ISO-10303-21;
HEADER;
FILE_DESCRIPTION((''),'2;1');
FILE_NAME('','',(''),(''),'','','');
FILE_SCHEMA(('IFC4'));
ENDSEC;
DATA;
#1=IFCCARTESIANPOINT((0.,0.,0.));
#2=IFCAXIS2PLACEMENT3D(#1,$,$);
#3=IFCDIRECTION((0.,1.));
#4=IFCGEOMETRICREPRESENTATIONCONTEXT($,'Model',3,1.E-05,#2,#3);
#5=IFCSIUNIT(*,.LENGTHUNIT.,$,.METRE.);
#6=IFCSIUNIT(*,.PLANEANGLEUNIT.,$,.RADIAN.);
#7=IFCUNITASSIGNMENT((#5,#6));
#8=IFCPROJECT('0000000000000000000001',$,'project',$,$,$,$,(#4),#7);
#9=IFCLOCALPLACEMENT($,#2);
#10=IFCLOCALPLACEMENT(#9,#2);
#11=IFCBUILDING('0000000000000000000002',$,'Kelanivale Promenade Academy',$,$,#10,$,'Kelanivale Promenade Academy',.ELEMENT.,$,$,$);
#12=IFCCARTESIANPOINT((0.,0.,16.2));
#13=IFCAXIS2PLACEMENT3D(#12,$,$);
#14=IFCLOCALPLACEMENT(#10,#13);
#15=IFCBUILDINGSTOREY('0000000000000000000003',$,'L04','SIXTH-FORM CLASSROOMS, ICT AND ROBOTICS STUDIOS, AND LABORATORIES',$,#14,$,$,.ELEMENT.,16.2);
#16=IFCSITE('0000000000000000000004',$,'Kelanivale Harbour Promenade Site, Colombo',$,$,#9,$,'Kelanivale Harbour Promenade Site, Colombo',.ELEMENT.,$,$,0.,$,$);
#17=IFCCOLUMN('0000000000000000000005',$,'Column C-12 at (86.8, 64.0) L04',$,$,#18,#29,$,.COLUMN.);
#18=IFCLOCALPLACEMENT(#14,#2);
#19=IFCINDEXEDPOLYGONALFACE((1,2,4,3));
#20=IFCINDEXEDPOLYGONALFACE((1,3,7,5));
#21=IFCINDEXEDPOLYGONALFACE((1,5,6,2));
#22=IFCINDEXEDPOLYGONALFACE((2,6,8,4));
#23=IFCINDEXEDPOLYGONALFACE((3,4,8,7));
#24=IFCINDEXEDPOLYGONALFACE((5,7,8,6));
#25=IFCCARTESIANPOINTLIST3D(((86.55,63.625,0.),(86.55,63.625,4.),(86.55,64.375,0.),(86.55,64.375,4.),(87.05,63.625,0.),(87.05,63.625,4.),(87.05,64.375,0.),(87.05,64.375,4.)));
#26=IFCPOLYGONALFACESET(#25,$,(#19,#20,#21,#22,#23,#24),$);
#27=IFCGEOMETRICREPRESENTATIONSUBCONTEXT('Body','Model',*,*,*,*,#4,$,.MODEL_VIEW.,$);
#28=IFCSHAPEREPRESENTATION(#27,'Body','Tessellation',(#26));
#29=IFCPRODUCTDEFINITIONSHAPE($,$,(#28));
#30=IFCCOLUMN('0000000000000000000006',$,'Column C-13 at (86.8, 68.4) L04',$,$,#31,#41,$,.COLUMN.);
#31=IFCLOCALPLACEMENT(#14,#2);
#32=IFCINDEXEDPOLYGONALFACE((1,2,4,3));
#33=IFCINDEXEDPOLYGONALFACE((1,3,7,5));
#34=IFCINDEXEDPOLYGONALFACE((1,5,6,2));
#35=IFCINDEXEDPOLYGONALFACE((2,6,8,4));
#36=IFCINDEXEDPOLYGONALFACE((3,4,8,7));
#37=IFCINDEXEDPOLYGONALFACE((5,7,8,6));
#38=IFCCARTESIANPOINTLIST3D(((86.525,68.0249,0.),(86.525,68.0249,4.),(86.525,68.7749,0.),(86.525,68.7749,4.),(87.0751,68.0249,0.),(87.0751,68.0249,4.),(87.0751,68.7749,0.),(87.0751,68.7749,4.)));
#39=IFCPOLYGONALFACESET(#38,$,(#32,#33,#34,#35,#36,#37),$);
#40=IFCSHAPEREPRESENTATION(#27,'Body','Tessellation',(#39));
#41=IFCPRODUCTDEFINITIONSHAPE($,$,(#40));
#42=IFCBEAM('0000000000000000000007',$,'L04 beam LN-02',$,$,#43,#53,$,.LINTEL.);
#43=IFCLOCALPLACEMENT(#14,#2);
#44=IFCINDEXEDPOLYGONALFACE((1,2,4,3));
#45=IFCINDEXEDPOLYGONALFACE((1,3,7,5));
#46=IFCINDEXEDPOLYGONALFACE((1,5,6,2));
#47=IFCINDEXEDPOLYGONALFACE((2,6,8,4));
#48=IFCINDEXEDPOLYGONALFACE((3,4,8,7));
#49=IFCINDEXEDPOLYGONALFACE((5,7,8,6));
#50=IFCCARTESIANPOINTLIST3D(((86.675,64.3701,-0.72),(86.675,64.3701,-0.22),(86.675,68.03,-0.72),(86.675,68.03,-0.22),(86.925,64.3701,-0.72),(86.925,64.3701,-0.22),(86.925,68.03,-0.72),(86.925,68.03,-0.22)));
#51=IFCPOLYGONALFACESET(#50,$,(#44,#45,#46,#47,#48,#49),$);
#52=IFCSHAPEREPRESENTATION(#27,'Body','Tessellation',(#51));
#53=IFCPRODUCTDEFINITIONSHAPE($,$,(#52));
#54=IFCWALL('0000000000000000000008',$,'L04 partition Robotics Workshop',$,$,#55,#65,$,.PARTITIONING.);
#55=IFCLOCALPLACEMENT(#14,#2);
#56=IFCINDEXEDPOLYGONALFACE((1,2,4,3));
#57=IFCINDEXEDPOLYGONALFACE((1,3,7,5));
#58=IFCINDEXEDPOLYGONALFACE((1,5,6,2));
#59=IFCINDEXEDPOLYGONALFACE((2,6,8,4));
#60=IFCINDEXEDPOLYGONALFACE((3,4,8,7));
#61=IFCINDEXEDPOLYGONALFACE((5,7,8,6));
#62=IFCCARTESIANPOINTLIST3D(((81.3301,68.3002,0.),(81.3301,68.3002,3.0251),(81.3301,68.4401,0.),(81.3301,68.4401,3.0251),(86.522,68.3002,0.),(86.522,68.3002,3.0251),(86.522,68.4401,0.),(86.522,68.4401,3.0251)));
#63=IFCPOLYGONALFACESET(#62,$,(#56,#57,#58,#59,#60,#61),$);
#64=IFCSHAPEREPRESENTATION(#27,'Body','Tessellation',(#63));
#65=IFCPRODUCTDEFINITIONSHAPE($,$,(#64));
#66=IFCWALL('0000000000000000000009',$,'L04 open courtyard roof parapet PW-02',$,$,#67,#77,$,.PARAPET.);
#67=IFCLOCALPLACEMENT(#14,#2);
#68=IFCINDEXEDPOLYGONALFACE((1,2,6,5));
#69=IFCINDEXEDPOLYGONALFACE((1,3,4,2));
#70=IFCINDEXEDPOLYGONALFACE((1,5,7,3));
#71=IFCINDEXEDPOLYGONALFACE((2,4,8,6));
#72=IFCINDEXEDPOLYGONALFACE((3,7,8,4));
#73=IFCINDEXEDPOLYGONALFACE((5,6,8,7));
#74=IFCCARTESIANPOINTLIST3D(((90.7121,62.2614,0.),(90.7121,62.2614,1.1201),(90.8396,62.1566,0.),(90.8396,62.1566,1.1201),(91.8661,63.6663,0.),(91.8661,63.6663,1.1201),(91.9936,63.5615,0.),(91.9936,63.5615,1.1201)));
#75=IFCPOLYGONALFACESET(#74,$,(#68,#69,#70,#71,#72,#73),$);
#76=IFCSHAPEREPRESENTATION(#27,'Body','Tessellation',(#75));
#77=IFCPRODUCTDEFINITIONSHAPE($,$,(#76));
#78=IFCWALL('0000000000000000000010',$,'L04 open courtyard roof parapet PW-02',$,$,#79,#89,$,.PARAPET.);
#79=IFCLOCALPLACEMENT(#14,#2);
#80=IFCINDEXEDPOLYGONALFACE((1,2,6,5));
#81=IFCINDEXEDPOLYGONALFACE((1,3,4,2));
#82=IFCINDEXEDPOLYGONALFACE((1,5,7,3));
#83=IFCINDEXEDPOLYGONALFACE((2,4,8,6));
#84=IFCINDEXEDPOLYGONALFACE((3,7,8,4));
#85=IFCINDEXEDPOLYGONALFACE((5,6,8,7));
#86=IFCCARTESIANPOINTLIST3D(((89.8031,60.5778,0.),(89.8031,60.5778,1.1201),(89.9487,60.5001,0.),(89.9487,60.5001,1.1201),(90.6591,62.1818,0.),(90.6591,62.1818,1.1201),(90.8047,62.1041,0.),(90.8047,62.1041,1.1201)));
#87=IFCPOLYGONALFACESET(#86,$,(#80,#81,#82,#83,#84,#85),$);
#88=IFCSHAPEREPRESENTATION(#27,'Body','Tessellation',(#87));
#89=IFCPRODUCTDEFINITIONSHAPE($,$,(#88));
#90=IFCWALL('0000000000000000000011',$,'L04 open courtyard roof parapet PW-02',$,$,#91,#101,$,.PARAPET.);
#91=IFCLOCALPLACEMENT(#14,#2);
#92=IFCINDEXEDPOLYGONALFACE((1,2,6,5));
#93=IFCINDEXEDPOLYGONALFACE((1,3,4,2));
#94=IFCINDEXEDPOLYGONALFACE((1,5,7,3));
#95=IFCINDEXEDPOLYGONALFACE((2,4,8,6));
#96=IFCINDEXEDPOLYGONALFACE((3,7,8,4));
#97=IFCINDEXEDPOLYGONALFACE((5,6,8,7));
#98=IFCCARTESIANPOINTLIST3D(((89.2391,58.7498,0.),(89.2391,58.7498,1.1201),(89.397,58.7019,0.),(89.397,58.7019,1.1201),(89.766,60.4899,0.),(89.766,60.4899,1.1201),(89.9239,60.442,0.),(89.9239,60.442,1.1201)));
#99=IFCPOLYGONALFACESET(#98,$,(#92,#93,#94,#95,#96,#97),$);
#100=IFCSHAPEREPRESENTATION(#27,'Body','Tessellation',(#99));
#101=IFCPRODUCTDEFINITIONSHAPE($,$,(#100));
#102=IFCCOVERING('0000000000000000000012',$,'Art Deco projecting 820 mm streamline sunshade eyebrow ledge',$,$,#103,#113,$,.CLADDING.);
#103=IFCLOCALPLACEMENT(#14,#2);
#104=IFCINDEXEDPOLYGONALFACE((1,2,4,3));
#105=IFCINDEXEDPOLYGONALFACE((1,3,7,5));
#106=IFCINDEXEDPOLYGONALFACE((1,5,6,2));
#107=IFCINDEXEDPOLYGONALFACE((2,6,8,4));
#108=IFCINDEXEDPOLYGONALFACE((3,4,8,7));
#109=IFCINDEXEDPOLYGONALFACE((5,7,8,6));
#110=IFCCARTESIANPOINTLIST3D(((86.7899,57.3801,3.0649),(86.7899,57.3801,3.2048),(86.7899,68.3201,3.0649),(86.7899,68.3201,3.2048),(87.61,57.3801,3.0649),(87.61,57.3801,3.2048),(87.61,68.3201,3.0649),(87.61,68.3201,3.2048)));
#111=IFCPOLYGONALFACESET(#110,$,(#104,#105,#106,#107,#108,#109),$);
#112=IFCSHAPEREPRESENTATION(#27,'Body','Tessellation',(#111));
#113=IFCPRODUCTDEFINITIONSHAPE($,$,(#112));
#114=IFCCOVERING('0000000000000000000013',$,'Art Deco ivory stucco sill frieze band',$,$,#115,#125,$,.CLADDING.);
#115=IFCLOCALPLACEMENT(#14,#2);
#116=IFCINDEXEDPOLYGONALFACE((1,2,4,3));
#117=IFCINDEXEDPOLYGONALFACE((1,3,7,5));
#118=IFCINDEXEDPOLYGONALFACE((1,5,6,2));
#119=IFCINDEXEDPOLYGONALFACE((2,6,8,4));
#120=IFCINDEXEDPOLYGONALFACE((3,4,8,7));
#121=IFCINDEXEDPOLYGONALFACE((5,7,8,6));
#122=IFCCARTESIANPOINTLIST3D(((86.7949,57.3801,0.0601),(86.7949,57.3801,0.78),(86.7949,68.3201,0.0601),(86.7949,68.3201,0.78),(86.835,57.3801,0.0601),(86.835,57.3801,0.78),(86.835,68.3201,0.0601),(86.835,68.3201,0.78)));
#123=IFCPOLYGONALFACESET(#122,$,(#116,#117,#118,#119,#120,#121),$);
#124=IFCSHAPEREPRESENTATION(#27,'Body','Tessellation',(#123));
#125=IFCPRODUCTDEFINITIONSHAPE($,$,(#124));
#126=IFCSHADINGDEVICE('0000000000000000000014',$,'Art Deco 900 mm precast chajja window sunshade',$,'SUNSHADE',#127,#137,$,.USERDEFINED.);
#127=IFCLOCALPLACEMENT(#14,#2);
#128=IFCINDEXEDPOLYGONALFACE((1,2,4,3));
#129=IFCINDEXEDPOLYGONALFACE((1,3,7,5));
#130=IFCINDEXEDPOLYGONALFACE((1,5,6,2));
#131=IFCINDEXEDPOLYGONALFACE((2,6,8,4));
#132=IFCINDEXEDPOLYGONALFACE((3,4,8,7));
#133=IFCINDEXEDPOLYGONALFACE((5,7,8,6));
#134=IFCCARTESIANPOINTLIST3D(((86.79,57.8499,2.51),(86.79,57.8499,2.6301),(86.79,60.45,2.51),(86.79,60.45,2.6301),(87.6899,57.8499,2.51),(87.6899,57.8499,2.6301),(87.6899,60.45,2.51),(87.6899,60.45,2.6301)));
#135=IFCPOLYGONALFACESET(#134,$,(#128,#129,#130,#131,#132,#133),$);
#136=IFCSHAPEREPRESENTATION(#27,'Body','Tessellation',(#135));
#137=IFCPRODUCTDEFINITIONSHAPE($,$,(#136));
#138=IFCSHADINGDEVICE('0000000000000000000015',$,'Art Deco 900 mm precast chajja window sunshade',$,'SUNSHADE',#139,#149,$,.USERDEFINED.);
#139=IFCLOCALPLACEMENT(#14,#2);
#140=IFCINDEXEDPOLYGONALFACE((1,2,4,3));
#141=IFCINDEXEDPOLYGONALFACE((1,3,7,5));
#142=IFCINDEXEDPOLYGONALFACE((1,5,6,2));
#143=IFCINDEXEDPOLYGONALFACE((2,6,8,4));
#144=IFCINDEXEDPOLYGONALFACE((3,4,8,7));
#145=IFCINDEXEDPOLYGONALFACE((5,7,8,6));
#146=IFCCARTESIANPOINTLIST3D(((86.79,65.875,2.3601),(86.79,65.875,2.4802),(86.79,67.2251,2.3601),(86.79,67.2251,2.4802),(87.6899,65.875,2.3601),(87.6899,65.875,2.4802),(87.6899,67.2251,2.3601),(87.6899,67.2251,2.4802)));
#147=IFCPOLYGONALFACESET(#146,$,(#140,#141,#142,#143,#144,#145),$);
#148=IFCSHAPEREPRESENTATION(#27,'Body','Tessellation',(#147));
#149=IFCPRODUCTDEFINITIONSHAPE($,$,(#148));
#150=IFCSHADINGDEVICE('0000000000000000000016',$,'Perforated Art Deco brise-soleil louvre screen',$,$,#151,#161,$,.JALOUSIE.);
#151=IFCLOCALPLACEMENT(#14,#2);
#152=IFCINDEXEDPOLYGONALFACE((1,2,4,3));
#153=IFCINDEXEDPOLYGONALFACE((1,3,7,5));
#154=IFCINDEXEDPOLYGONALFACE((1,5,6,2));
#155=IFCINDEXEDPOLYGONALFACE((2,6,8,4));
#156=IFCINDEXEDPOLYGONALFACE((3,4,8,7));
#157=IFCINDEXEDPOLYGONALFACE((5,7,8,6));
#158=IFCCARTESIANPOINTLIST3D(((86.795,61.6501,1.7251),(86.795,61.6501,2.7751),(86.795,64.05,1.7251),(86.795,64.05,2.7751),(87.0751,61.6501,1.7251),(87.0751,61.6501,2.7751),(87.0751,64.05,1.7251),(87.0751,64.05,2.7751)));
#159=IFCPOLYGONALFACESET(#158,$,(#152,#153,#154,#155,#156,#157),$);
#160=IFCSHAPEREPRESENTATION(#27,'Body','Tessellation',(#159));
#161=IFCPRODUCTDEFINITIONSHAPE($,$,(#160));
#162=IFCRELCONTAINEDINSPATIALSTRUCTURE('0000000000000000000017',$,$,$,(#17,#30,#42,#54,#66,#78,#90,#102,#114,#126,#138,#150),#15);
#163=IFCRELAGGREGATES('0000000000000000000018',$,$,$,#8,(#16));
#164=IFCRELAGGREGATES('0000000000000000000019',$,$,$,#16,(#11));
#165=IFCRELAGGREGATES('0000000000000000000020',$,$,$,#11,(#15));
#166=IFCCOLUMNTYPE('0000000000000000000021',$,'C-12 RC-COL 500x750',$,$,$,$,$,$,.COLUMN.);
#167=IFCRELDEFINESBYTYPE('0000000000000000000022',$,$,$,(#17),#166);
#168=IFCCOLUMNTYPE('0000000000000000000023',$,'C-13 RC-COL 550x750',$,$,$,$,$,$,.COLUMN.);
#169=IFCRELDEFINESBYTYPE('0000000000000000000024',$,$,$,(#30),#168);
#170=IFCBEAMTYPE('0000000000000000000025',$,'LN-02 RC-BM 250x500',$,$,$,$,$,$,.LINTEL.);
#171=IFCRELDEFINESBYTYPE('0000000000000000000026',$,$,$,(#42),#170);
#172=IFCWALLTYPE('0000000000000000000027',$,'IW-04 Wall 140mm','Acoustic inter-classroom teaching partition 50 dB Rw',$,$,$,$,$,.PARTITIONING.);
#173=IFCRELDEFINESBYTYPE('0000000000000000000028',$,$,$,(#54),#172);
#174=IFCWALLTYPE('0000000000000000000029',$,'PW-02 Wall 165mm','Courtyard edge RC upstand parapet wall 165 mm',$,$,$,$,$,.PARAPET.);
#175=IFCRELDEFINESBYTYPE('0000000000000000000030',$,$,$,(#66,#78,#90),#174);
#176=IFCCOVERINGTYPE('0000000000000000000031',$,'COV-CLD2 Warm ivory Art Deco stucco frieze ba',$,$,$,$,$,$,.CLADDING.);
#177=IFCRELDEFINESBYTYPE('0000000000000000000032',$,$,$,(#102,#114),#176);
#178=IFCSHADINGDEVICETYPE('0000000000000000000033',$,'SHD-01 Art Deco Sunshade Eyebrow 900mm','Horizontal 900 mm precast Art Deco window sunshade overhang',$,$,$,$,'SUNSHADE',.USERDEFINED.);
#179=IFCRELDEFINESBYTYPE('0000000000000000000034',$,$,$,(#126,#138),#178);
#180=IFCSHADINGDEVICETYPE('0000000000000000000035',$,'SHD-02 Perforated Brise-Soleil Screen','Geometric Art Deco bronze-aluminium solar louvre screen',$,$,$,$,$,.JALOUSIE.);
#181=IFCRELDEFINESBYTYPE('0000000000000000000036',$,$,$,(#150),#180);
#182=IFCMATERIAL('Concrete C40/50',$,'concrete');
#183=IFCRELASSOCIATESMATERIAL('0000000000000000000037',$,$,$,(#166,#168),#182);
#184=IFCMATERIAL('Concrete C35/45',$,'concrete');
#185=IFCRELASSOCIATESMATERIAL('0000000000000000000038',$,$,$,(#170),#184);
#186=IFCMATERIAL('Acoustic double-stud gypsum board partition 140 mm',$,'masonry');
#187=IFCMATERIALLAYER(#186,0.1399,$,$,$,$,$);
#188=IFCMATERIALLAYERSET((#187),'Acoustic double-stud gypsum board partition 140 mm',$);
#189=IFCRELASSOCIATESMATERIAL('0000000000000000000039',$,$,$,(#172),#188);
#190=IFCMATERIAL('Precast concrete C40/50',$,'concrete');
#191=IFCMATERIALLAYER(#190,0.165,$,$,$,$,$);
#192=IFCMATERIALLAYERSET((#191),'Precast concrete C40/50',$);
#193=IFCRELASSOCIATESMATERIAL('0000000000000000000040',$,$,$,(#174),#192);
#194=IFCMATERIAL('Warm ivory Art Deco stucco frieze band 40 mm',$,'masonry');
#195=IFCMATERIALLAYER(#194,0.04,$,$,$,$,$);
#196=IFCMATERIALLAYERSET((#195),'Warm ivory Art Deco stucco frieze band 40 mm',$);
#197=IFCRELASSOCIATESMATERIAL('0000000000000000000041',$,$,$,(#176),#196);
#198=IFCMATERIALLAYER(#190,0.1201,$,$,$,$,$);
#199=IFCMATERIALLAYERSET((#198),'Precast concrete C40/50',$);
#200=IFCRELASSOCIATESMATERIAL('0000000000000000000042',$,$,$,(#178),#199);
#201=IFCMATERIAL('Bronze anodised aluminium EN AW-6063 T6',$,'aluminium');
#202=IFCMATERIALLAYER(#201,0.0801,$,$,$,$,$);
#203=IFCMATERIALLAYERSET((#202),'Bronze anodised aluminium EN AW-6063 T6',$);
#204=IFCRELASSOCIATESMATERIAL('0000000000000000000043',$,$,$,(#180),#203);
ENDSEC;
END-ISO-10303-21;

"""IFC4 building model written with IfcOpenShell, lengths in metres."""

from ifc_helpers import new_model, si_unit, direction, frame, frame_2d, origin, origin_2d, place, context, subcontext, project, spatial, rectangle, extrude, material, layer, layer_set, material_profile, profile_set, type_object, element, save


model = new_model("IFC4")

# Units and contexts
model_context = context("Model", 3, precision=1e-05, world=origin(), true_north=direction((0.0, 1.0)))
body_context = subcontext(model_context, "Body", "Model", "MODEL_VIEW")
ifc_project = project(units=[si_unit("LENGTHUNIT", "METRE"), si_unit("PLANEANGLEUNIT", "RADIAN")], contexts=[model_context])

# Site, building, storey
site_placement = place(None, origin())
site = spatial("IfcSite", under=ifc_project, at=site_placement, Name="Kelanivale Harbour Promenade Site, Colombo", LongName="Kelanivale Harbour Promenade Site, Colombo", CompositionType="ELEMENT", RefElevation=0.0)
building_placement = place(site_placement, origin())
building = spatial("IfcBuilding", under=site, at=building_placement, Name="Kelanivale Promenade Academy", LongName="Kelanivale Promenade Academy", CompositionType="ELEMENT")
storey_placement = place(building_placement, frame((0.0, 0.0, 16.2)))
storey = spatial("IfcBuildingStorey", under=building, at=storey_placement, Name="L04", Description="SIXTH-FORM CLASSROOMS, ICT AND ROBOTICS STUDIOS, AND LABORATORIES", CompositionType="ELEMENT", Elevation=16.2)

# Columns
ifc_material_1 = material(Name="Concrete C40/50", Category="concrete")
ifc_material_profile_1 = material_profile(ifc_material_1, rectangle(XDim=0.5, YDim=0.75, at=origin_2d()), Name="RC-COL 500x750")
ifc_profile_set_1 = profile_set([ifc_material_profile_1], Name="Concrete C40/50")
column_type_1 = type_object("IfcColumnType", Name="C-12 RC-COL 500x750", PredefinedType="COLUMN", material=ifc_profile_set_1)
column_1_placement = place(storey_placement, frame((86.8, 64.0, 0.0), z_axis=(0.0, 0.0, 1.0), x_axis=(1.0, 0.0, 0.0)))
element("IfcColumn", 1, at=column_1_placement, inside=storey, type_object=column_type_1, Name="Column C-12 at (86.8, 64.0) L04", PredefinedType="COLUMN", context=body_context, shape_type="SweptSolid", body=[
    extrude(rectangle(XDim=0.5, YDim=0.75, at=origin_2d()), origin(), (0.0, 0.0, 1.0), 4.0),
])
ifc_material_profile_2 = material_profile(ifc_material_1, rectangle(XDim=0.55, YDim=0.75, at=origin_2d()), Name="RC-COL 550x750")
ifc_profile_set_2 = profile_set([ifc_material_profile_2], Name="Concrete C40/50")
column_type_2 = type_object("IfcColumnType", Name="C-13 RC-COL 550x750", PredefinedType="COLUMN", material=ifc_profile_set_2)
column_2_placement = place(storey_placement, frame((86.8, 68.3999, 0.0), z_axis=(0.0, 0.0, 1.0), x_axis=(1.0, 0.0, 0.0)))
element("IfcColumn", 2, at=column_2_placement, inside=storey, type_object=column_type_2, Name="Column C-13 at (86.8, 68.4) L04", PredefinedType="COLUMN", context=body_context, shape_type="SweptSolid", body=[
    extrude(rectangle(XDim=0.55, YDim=0.75, at=origin_2d()), origin(), (0.0, 0.0, 1.0), 4.0),
])

# Beam
ifc_material_2 = material(Name="Concrete C35/45", Category="concrete")
ifc_material_profile_3 = material_profile(ifc_material_2, rectangle(XDim=0.25, YDim=0.5, at=origin_2d()), Name="RC-BM 250x500")
ifc_profile_set_3 = profile_set([ifc_material_profile_3], Name="Concrete C35/45")
beam_type = type_object("IfcBeamType", Name="LN-02 RC-BM 250x500", PredefinedType="LINTEL", material=ifc_profile_set_3)
beam_placement = place(storey_placement, frame((86.8, 64.3701, -0.47), z_axis=(0.0, 1.0, 0.0), x_axis=(-1.0, 0.0, 0.0)))
element("IfcBeam", 3, at=beam_placement, inside=storey, type_object=beam_type, Name="L04 beam LN-02", PredefinedType="LINTEL", context=body_context, shape_type="SweptSolid", body=[
    extrude(rectangle(XDim=0.25, YDim=0.5, at=origin_2d()), origin(), (0.0, 0.0, 1.0), 3.6599),
])

# Walls
ifc_material_3 = material(Name="Acoustic double-stud gypsum board partition 140 mm", Category="masonry")
ifc_layer_1 = layer(ifc_material_3, 0.1399)
ifc_layer_set_1 = layer_set([ifc_layer_1], Name="Acoustic double-stud gypsum board partition 140 mm")
wall_type_1 = type_object("IfcWallType", Name="IW-04 Wall 140mm", Description="Acoustic inter-classroom teaching partition 50 dB Rw", PredefinedType="PARTITIONING", material=ifc_layer_set_1)
wall_placement = place(storey_placement, frame((86.522, 68.3701, 0.0), z_axis=(0.0, 0.0, 1.0), x_axis=(-1.0, 0.0, 0.0)))
element("IfcWall", 4, at=wall_placement, inside=storey, type_object=wall_type_1, Name="L04 partition Robotics Workshop", PredefinedType="PARTITIONING", context=body_context, shape_type="SweptSolid", body=[
    extrude(rectangle(XDim=5.1919, YDim=0.1399, at=frame_2d((2.5959, 0.0))), origin(), (0.0, 0.0, 1.0), 3.0251),
])
ifc_material_4 = material(Name="Precast concrete C40/50", Category="concrete")
ifc_layer_2 = layer(ifc_material_4, 0.165)
ifc_layer_set_2 = layer_set([ifc_layer_2], Name="Precast concrete C40/50")
wall_type_2 = type_object("IfcWallType", Name="PW-02 Wall 165mm", Description="Courtyard edge RC upstand parapet wall 165 mm", PredefinedType="PARAPET", material=ifc_layer_set_2)
for number, where, z_axis, x_axis, name in (
    (5, (91.9299, 63.614, 0.0), (0.0, 0.0, 1.0), (-0.634714, -0.772747, 0.0), "L04 open courtyard roof parapet PW-02"),
    (6, (90.7319, 62.1431, 0.0), (0.0, 0.0, 1.0), (-0.470797, -0.882241, 0.0), "L04 open courtyard roof parapet PW-02"),
    (7, (89.845, 60.4661, 0.0), (0.0, 0.0, 1.0), (-0.289799, -0.957088, 0.0), "L04 open courtyard roof parapet PW-02"),
):
    element("IfcWall", number, at=place(storey_placement, frame(where, z_axis=z_axis, x_axis=x_axis)), inside=storey, type_object=wall_type_2, Name=name, PredefinedType="PARAPET", context=body_context, shape_type="SweptSolid", body=[
        extrude(rectangle(XDim=1.8181, YDim=0.165, at=frame_2d((0.9092, 0.0))), origin(), (0.0, 0.0, 1.0), 1.1201),
    ])

# Coverings
ifc_material_5 = material(Name="Warm ivory Art Deco stucco frieze band 40 mm", Category="masonry")
ifc_layer_3 = layer(ifc_material_5, 0.04)
ifc_layer_set_3 = layer_set([ifc_layer_3], Name="Warm ivory Art Deco stucco frieze band 40 mm")
covering_type = type_object("IfcCoveringType", Name="COV-CLD2 Warm ivory Art Deco stucco frieze ba", PredefinedType="CLADDING", material=ifc_layer_set_3)
covering_1_placement = place(storey_placement, frame((87.2, 62.8501, 3.0649), z_axis=(0.0, 0.0, 1.0), x_axis=(0.0, 1.0, 0.0)))
element("IfcCovering", 8, at=covering_1_placement, inside=storey, type_object=covering_type, Name="Art Deco projecting 820 mm streamline sunshade eyebrow ledge", PredefinedType="CLADDING", context=body_context, shape_type="SweptSolid", body=[
    extrude(rectangle(XDim=10.9399, YDim=0.8201, at=origin_2d()), origin(), (0.0, 0.0, 1.0), 0.1399),
])
covering_2_placement = place(storey_placement, frame((86.8149, 62.8501, 0.0601), z_axis=(0.0, 0.0, 1.0), x_axis=(0.0, 1.0, 0.0)))
element("IfcCovering", 9, at=covering_2_placement, inside=storey, type_object=covering_type, Name="Art Deco ivory stucco sill frieze band", PredefinedType="CLADDING", context=body_context, shape_type="SweptSolid", body=[
    extrude(rectangle(XDim=10.9399, YDim=0.04, at=origin_2d()), origin(), (0.0, 0.0, 1.0), 0.72),
])

# Shading devices
ifc_layer_4 = layer(ifc_material_4, 0.1201)
ifc_layer_set_4 = layer_set([ifc_layer_4], Name="Precast concrete C40/50")
shading_device_type_1 = type_object("IfcShadingDeviceType", Name="SHD-01 Art Deco Sunshade Eyebrow 900mm", Description="Horizontal 900 mm precast Art Deco window sunshade overhang", ElementType="SUNSHADE", PredefinedType="USERDEFINED", material=ifc_layer_set_4)
shading_device_1_placement = place(storey_placement, frame((87.24, 59.1499, 2.51), z_axis=(0.0, 0.0, 1.0), x_axis=(0.0, 1.0, 0.0)))
element("IfcShadingDevice", 10, at=shading_device_1_placement, inside=storey, type_object=shading_device_type_1, Name="Art Deco 900 mm precast chajja window sunshade", ObjectType="SUNSHADE", PredefinedType="USERDEFINED", context=body_context, shape_type="SweptSolid", body=[
    extrude(rectangle(XDim=2.6001, YDim=0.8999, at=origin_2d()), origin(), (0.0, 0.0, 1.0), 0.1201),
])
shading_device_2_placement = place(storey_placement, frame((87.24, 66.55, 2.3601), z_axis=(0.0, 0.0, 1.0), x_axis=(0.0, 1.0, 0.0)))
element("IfcShadingDevice", 11, at=shading_device_2_placement, inside=storey, type_object=shading_device_type_1, Name="Art Deco 900 mm precast chajja window sunshade", ObjectType="SUNSHADE", PredefinedType="USERDEFINED", context=body_context, shape_type="SweptSolid", body=[
    extrude(rectangle(XDim=1.3501, YDim=0.8999, at=origin_2d()), origin(), (0.0, 0.0, 1.0), 0.1201),
])
ifc_material_6 = material(Name="Bronze anodised aluminium EN AW-6063 T6", Category="aluminium")
ifc_layer_5 = layer(ifc_material_6, 0.0801)
ifc_layer_set_5 = layer_set([ifc_layer_5], Name="Bronze anodised aluminium EN AW-6063 T6")
shading_device_type_2 = type_object("IfcShadingDeviceType", Name="SHD-02 Perforated Brise-Soleil Screen", Description="Geometric Art Deco bronze-aluminium solar louvre screen", PredefinedType="JALOUSIE", material=ifc_layer_set_5)
shading_device_3_placement = place(storey_placement, frame((86.9351, 62.8501, 1.7251), z_axis=(0.0, 0.0, 1.0), x_axis=(0.0, 1.0, 0.0)))
element("IfcShadingDevice", 12, at=shading_device_3_placement, inside=storey, type_object=shading_device_type_2, Name="Perforated Art Deco brise-soleil louvre screen", PredefinedType="JALOUSIE", context=body_context, shape_type="SweptSolid", body=[
    extrude(rectangle(XDim=2.3999, YDim=0.28, at=origin_2d()), origin(), (0.0, 0.0, 1.0), 1.05),
])

save(model, "model.ifc")
